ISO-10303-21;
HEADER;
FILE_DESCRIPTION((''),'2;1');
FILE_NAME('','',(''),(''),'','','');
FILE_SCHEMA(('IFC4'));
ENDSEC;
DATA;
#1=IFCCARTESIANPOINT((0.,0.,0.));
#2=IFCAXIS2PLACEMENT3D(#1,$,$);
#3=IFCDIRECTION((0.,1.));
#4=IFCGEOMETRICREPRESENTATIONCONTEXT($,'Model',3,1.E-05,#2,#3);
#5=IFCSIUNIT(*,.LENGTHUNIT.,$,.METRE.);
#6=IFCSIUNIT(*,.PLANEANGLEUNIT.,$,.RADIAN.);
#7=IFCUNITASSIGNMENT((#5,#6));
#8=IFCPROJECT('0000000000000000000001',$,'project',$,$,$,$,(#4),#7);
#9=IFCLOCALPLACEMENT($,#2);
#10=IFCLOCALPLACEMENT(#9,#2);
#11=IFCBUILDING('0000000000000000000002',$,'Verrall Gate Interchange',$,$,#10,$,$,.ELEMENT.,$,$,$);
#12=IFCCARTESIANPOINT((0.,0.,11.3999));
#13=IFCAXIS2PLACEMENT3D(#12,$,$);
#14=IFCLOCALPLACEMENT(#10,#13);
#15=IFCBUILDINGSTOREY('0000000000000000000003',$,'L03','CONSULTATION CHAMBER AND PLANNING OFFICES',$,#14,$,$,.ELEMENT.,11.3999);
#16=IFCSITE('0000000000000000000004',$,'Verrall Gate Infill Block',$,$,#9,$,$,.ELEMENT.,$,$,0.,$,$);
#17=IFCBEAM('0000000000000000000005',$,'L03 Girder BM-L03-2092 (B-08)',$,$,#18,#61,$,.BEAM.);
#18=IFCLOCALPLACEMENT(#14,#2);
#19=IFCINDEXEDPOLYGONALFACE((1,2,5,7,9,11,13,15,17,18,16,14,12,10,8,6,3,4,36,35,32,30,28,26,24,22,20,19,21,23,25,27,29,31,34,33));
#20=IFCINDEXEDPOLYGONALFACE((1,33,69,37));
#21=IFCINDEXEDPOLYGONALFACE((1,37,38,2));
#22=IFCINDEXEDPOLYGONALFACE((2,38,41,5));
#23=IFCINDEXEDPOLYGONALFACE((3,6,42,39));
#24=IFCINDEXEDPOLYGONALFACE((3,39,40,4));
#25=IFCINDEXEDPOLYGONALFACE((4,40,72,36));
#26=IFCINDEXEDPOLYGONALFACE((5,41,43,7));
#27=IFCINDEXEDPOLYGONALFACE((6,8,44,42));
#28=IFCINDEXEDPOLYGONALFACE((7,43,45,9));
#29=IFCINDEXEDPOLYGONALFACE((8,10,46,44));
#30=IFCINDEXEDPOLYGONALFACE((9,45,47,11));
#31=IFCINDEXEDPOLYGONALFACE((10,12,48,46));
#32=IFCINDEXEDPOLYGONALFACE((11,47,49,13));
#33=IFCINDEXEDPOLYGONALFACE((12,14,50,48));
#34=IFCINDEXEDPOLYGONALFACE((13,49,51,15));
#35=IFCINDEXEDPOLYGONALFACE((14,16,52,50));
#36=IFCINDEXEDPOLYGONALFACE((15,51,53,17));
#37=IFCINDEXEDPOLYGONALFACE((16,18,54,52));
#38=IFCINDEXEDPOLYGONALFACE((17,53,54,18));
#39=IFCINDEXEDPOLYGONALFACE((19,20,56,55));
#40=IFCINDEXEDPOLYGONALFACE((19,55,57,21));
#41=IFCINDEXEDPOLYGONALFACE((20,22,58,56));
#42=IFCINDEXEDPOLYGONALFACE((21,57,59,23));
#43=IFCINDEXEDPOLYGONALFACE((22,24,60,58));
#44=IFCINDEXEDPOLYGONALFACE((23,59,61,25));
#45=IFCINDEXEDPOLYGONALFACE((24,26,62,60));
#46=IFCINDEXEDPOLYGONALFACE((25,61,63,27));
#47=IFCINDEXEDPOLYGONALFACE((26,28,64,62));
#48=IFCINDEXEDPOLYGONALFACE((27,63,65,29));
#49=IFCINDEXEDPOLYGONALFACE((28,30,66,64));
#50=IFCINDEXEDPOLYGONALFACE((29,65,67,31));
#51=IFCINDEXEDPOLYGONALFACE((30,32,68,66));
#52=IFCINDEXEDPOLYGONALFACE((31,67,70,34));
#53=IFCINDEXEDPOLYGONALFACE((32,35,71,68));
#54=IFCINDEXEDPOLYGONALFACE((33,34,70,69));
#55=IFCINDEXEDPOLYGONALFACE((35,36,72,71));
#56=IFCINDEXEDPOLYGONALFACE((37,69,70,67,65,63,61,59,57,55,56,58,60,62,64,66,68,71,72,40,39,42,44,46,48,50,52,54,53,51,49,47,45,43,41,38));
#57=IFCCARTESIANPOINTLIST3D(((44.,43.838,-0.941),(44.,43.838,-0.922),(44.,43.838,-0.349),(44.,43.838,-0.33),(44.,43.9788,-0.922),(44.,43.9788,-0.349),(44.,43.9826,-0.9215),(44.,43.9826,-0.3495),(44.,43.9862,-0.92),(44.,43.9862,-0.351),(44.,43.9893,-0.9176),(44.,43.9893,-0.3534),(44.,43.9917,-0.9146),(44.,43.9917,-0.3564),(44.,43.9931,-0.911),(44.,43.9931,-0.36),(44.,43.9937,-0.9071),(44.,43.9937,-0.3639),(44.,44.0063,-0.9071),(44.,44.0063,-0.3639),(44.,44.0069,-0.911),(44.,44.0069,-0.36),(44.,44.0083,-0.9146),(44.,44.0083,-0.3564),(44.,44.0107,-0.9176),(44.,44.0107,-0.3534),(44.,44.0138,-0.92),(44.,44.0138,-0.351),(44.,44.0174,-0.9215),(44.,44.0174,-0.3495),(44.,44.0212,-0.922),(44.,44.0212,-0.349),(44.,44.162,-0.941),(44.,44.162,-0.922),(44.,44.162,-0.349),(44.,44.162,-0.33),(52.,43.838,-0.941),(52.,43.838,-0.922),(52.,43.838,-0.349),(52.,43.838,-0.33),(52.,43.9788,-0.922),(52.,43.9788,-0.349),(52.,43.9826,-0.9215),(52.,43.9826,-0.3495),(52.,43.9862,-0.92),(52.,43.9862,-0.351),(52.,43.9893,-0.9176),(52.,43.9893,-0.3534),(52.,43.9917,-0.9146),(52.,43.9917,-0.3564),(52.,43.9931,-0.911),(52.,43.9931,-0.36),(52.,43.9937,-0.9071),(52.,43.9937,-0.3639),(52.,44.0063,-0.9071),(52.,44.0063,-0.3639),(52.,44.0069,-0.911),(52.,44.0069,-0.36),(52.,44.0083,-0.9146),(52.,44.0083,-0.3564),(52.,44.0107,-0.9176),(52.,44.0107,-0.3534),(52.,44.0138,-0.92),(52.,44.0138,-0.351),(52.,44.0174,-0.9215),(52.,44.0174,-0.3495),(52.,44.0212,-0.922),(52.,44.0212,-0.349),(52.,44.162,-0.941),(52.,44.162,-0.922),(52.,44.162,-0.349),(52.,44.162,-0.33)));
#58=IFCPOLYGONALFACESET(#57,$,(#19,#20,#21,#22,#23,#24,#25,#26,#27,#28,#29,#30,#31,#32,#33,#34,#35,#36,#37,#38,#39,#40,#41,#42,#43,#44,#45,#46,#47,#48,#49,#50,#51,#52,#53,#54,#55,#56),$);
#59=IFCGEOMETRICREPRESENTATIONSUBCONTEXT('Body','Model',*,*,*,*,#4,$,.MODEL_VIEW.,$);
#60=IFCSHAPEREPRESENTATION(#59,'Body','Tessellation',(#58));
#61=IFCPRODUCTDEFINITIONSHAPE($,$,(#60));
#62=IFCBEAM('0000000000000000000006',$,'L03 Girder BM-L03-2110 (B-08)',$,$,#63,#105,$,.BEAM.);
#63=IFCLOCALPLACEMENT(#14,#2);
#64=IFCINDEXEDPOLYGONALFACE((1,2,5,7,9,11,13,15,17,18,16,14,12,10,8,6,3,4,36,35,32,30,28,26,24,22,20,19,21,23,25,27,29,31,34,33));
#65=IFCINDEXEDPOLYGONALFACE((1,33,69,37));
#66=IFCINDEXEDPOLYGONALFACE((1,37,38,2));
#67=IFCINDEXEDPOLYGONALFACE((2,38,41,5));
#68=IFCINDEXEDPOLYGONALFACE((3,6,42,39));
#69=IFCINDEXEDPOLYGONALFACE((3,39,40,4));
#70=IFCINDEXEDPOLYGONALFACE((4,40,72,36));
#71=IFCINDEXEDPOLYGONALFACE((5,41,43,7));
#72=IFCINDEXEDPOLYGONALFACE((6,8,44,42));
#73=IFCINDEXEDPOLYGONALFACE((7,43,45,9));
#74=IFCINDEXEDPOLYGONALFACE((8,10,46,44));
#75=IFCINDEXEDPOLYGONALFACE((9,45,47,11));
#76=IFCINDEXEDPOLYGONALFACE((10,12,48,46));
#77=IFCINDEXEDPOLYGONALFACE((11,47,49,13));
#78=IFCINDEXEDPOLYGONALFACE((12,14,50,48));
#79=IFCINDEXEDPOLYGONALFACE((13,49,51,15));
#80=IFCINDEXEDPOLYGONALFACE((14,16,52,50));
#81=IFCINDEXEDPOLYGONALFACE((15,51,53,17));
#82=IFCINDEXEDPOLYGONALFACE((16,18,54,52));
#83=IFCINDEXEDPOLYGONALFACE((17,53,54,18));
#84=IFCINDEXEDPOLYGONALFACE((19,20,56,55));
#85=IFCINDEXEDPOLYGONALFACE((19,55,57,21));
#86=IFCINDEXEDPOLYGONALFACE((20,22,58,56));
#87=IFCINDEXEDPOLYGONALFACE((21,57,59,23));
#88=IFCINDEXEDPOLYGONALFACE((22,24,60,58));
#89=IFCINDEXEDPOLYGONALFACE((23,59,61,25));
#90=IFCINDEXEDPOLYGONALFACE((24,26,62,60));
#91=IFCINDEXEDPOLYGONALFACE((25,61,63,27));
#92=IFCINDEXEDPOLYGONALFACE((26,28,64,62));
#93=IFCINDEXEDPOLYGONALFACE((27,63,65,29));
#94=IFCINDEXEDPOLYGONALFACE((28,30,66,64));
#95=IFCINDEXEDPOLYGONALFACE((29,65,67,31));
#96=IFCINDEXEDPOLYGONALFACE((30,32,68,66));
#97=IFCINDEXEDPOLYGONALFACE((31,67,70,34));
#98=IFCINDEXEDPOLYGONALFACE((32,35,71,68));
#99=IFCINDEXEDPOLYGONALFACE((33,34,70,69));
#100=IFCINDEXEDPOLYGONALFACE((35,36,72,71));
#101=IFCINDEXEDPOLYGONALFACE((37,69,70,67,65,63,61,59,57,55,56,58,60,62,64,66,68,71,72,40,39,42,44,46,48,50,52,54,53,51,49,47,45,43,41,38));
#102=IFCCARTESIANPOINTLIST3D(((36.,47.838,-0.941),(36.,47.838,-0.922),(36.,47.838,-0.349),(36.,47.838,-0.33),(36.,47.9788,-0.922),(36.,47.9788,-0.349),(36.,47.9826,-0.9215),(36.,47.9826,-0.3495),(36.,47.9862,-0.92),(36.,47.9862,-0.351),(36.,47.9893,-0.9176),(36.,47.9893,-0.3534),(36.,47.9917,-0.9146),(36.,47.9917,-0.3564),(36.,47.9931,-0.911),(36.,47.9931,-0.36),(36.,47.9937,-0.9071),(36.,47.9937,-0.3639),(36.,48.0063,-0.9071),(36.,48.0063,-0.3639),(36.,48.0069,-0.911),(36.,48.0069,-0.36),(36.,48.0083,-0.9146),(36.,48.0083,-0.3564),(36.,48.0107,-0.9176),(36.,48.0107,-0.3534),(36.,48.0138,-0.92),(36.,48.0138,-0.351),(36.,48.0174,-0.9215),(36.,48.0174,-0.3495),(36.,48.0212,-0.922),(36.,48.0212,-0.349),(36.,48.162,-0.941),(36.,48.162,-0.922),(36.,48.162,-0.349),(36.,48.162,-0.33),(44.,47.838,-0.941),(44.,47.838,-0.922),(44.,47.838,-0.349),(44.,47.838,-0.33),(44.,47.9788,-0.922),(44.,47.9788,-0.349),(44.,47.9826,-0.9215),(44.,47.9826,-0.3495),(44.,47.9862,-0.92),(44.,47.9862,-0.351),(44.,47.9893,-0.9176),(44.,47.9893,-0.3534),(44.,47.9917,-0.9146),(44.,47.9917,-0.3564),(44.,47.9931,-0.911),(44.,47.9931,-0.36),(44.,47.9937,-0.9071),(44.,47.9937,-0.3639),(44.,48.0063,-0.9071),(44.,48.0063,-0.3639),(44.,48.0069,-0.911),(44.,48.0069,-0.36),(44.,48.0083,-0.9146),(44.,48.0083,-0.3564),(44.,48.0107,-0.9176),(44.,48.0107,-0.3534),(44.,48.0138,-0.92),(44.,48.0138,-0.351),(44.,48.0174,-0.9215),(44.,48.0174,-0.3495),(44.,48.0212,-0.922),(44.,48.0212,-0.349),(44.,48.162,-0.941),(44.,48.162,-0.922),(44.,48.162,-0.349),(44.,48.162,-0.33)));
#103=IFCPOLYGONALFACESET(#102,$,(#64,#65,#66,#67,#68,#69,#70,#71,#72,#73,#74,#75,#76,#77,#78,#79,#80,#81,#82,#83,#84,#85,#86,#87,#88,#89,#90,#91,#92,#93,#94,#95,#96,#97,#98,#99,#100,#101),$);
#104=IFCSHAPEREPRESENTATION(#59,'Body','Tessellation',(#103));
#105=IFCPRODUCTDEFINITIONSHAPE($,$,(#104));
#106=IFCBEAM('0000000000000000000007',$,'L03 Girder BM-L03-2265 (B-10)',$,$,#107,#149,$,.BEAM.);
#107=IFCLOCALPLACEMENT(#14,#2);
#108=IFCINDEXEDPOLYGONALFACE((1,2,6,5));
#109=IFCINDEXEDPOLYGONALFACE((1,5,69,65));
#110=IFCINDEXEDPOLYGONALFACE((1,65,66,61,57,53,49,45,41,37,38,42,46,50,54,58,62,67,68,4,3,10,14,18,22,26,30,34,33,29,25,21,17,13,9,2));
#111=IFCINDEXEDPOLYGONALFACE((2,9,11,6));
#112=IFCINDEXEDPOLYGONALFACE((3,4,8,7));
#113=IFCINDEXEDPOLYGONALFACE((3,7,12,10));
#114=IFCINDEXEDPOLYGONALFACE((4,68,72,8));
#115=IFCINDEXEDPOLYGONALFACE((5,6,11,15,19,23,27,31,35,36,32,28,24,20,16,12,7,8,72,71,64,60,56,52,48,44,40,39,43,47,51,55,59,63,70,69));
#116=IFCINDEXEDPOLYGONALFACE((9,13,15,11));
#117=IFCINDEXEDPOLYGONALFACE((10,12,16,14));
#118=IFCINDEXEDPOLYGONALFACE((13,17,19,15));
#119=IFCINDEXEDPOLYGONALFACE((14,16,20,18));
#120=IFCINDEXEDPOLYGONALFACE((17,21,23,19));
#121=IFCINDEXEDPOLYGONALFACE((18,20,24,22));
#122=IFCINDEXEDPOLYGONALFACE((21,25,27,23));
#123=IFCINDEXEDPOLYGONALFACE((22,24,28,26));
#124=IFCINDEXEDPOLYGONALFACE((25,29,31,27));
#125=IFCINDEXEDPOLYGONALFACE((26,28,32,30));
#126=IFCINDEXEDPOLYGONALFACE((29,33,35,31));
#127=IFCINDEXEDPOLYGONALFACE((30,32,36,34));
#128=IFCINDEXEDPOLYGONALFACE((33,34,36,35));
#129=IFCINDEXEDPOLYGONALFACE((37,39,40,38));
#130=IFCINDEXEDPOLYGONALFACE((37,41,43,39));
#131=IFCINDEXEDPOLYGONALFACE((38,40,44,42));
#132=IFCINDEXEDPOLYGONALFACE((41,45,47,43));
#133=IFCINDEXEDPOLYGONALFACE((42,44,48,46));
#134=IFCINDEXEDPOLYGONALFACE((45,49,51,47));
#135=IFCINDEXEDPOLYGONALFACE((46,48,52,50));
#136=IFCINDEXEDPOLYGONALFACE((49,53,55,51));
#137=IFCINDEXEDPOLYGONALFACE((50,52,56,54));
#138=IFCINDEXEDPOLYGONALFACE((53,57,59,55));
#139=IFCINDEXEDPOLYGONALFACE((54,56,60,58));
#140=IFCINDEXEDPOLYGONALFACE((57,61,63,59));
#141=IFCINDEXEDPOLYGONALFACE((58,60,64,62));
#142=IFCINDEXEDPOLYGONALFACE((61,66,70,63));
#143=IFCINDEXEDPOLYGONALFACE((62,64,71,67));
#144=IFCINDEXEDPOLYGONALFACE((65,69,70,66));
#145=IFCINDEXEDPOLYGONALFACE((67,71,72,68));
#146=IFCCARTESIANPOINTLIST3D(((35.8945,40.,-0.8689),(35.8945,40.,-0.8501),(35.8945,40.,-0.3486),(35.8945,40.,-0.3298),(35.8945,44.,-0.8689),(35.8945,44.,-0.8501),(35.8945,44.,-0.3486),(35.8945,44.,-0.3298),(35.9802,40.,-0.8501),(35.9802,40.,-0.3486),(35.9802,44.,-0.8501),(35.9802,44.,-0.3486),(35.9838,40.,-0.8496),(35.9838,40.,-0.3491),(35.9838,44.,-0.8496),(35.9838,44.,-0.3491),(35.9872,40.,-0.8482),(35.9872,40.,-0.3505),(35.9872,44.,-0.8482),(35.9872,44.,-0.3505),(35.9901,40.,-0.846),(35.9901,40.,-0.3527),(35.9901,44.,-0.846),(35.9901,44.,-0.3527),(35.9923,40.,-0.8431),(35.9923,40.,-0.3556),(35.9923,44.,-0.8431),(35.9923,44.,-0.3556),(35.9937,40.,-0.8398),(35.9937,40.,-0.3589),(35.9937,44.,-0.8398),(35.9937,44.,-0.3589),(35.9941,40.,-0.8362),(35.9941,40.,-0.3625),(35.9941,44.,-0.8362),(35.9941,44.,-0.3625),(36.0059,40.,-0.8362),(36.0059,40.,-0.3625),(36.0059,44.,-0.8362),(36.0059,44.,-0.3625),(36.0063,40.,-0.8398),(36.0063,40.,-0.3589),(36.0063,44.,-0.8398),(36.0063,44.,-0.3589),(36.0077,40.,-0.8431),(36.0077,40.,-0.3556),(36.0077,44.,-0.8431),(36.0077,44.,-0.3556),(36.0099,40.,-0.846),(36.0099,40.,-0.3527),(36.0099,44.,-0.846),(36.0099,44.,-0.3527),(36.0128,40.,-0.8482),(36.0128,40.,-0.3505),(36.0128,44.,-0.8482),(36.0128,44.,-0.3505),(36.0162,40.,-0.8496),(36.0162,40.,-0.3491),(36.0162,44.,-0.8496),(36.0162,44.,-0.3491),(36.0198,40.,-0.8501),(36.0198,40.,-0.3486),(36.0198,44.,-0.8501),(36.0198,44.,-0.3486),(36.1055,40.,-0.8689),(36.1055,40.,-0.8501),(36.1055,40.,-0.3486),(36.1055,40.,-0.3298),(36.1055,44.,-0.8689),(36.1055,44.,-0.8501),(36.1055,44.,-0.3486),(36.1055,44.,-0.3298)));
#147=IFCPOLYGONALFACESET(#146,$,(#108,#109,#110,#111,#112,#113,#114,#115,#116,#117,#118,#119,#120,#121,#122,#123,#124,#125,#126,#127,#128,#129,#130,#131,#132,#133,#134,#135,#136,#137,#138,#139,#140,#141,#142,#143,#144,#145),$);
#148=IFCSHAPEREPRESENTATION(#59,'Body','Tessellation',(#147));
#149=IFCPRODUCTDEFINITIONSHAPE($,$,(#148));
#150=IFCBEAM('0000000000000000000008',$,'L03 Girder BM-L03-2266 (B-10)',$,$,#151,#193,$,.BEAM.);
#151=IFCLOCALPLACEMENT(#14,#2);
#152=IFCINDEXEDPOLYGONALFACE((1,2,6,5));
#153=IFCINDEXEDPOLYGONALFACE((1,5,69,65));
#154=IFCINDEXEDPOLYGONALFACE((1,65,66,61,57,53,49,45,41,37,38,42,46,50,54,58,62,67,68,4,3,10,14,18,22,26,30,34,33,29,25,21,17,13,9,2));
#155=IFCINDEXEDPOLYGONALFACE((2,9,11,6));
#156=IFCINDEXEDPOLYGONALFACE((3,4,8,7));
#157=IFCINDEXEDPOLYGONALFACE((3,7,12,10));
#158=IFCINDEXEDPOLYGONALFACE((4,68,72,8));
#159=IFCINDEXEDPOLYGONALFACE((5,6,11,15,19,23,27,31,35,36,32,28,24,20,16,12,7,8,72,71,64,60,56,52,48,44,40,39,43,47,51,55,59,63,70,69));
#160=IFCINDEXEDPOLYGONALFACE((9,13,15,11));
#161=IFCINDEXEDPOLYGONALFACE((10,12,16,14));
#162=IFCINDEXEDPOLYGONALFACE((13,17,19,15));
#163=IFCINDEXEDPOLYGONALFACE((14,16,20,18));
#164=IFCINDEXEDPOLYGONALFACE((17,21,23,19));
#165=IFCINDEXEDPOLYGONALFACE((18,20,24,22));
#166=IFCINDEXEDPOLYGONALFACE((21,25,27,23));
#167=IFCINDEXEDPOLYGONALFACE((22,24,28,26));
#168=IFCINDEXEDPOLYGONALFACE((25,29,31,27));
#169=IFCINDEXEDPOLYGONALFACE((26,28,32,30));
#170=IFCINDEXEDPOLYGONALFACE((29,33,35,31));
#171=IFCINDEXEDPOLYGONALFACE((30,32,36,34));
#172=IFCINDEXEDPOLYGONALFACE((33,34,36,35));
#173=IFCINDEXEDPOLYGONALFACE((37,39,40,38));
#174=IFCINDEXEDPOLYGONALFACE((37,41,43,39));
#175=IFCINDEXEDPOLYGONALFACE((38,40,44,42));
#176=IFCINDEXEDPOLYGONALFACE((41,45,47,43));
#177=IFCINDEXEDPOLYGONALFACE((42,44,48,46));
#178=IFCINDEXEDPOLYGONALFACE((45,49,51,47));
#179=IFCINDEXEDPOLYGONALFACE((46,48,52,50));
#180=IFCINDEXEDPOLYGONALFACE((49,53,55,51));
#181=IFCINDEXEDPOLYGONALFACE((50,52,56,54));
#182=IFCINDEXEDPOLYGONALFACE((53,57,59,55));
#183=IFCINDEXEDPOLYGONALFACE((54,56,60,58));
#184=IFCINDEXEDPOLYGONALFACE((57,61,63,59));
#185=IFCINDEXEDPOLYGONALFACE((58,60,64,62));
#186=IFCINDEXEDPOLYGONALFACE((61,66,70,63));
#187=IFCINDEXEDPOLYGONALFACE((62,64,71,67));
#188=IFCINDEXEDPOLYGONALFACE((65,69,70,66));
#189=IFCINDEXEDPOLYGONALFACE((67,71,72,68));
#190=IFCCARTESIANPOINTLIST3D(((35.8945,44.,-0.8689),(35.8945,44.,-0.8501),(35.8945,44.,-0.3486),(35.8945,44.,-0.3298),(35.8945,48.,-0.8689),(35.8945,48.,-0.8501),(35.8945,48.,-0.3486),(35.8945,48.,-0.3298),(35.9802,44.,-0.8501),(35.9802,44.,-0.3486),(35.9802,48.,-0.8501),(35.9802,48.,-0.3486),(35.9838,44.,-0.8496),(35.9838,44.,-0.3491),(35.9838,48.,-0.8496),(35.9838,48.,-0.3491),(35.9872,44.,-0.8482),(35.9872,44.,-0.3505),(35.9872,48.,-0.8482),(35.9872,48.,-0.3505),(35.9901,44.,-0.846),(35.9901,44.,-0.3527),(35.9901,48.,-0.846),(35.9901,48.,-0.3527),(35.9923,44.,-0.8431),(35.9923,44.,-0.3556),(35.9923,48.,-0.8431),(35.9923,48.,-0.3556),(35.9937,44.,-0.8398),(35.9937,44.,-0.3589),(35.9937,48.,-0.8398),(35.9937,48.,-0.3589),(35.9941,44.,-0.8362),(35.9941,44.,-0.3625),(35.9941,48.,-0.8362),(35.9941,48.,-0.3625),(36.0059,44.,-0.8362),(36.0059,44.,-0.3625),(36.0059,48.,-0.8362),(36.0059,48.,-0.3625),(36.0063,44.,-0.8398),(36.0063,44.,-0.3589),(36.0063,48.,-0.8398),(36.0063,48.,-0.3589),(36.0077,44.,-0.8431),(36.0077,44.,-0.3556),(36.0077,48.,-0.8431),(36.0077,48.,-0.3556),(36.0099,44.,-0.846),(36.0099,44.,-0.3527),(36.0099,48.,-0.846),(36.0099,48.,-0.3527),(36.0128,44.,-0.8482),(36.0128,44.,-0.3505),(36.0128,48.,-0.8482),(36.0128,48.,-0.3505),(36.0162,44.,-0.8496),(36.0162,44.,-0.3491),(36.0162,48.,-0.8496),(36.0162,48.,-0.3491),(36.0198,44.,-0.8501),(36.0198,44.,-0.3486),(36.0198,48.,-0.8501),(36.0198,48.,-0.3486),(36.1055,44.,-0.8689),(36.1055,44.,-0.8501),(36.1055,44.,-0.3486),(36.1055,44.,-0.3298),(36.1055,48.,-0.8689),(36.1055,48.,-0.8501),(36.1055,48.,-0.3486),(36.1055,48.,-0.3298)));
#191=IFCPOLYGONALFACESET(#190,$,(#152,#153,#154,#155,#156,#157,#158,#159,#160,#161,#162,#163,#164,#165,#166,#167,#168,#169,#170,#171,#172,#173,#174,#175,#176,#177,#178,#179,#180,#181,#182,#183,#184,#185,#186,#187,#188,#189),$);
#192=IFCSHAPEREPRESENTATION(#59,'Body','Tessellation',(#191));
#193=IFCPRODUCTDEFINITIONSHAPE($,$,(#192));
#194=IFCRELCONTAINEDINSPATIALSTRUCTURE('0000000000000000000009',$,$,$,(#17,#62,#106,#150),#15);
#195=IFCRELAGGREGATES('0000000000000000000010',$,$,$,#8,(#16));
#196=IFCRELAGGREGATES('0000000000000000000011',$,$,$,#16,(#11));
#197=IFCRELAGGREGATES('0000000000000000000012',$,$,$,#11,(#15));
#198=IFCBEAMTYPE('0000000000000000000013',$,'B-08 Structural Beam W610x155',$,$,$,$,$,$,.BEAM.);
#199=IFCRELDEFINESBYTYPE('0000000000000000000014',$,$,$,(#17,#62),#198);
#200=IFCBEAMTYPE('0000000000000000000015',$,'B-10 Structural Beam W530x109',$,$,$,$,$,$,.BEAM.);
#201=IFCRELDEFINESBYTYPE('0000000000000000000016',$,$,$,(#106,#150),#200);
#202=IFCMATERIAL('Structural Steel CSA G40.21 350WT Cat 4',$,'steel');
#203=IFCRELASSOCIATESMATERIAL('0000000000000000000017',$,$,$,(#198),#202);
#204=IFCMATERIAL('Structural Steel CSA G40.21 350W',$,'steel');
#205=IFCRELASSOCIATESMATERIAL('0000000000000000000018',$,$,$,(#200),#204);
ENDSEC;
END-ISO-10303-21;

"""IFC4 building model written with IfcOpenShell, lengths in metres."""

from ifc_helpers import new_model, si_unit, direction, frame, origin, origin_2d, place, context, subcontext, project, spatial, i_section, extrude, material, material_profile, profile_set, type_object, element, save


model = new_model("IFC4")

# Units and contexts
model_context = context("Model", 3, precision=1e-05, world=origin(), true_north=direction((0.0, 1.0)))
body_context = subcontext(model_context, "Body", "Model", "MODEL_VIEW")
ifc_project = project(units=[si_unit("LENGTHUNIT", "METRE"), si_unit("PLANEANGLEUNIT", "RADIAN")], contexts=[model_context])

# Site, building, storey
site_placement = place(None, origin())
site = spatial("IfcSite", under=ifc_project, at=site_placement, Name="Verrall Gate Infill Block", CompositionType="ELEMENT", RefElevation=0.0)
building_placement = place(site_placement, origin())
building = spatial("IfcBuilding", under=site, at=building_placement, Name="Verrall Gate Interchange", CompositionType="ELEMENT")
storey_placement = place(building_placement, frame((0.0, 0.0, 11.3999)))
storey = spatial("IfcBuildingStorey", under=building, at=storey_placement, Name="L03", Description="CONSULTATION CHAMBER AND PLANNING OFFICES", CompositionType="ELEMENT", Elevation=11.3999)

# Beams
ifc_material_1 = material(Name="Structural Steel CSA G40.21 350WT Cat 4", Category="steel")
ifc_material_profile_1 = material_profile(ifc_material_1, i_section(OverallWidth=0.324, OverallDepth=0.6111, WebThickness=0.0127, FlangeThickness=0.019, FilletRadius=0.0149, at=origin_2d()), Name="W610x155")
ifc_profile_set_1 = profile_set([ifc_material_profile_1], Name="Structural Steel CSA G40.21 350WT Cat 4")
beam_type_1 = type_object("IfcBeamType", Name="B-08 Structural Beam W610x155", PredefinedType="BEAM", material=ifc_profile_set_1)
for number, where, z_axis, x_axis, name in (
    (1, (44.0, 44.0, -0.6355), (1.0, 0.0, 0.0), (0.0, 1.0, 0.0), "L03 Girder BM-L03-2092 (B-08)"),
    (2, (36.0, 48.0, -0.6355), (1.0, 0.0, 0.0), (0.0, 1.0, 0.0), "L03 Girder BM-L03-2110 (B-08)"),
):
    element("IfcBeam", number, at=place(storey_placement, frame(where, z_axis=z_axis, x_axis=x_axis)), inside=storey, type_object=beam_type_1, Name=name, PredefinedType="BEAM", context=body_context, shape_type="SweptSolid", body=[
        extrude(i_section(OverallWidth=0.324, OverallDepth=0.6111, WebThickness=0.0127, FlangeThickness=0.019, FilletRadius=0.0149, at=origin_2d()), origin(), (0.0, 0.0, 1.0), 8.0),
    ])
ifc_material_2 = material(Name="Structural Steel CSA G40.21 350W", Category="steel")
ifc_material_profile_2 = material_profile(ifc_material_2, i_section(OverallWidth=0.2109, OverallDepth=0.5391, WebThickness=0.0117, FlangeThickness=0.0188, FilletRadius=0.0139, at=origin_2d()), Name="W530x109")
ifc_profile_set_2 = profile_set([ifc_material_profile_2], Name="Structural Steel CSA G40.21 350W")
beam_type_2 = type_object("IfcBeamType", Name="B-10 Structural Beam W530x109", PredefinedType="BEAM", material=ifc_profile_set_2)
for number, where, z_axis, x_axis, name in (
    (3, (36.0, 40.0, -0.5994), (0.0, 1.0, 0.0), (-1.0, 0.0, 0.0), "L03 Girder BM-L03-2265 (B-10)"),
    (4, (36.0, 44.0, -0.5994), (0.0, 1.0, 0.0), (-1.0, 0.0, 0.0), "L03 Girder BM-L03-2266 (B-10)"),
):
    element("IfcBeam", number, at=place(storey_placement, frame(where, z_axis=z_axis, x_axis=x_axis)), inside=storey, type_object=beam_type_2, Name=name, PredefinedType="BEAM", context=body_context, shape_type="SweptSolid", body=[
        extrude(i_section(OverallWidth=0.2109, OverallDepth=0.5391, WebThickness=0.0117, FlangeThickness=0.0188, FilletRadius=0.0139, at=origin_2d()), origin(), (0.0, 0.0, 1.0), 4.0),
    ])

save(model, "model.ifc")
